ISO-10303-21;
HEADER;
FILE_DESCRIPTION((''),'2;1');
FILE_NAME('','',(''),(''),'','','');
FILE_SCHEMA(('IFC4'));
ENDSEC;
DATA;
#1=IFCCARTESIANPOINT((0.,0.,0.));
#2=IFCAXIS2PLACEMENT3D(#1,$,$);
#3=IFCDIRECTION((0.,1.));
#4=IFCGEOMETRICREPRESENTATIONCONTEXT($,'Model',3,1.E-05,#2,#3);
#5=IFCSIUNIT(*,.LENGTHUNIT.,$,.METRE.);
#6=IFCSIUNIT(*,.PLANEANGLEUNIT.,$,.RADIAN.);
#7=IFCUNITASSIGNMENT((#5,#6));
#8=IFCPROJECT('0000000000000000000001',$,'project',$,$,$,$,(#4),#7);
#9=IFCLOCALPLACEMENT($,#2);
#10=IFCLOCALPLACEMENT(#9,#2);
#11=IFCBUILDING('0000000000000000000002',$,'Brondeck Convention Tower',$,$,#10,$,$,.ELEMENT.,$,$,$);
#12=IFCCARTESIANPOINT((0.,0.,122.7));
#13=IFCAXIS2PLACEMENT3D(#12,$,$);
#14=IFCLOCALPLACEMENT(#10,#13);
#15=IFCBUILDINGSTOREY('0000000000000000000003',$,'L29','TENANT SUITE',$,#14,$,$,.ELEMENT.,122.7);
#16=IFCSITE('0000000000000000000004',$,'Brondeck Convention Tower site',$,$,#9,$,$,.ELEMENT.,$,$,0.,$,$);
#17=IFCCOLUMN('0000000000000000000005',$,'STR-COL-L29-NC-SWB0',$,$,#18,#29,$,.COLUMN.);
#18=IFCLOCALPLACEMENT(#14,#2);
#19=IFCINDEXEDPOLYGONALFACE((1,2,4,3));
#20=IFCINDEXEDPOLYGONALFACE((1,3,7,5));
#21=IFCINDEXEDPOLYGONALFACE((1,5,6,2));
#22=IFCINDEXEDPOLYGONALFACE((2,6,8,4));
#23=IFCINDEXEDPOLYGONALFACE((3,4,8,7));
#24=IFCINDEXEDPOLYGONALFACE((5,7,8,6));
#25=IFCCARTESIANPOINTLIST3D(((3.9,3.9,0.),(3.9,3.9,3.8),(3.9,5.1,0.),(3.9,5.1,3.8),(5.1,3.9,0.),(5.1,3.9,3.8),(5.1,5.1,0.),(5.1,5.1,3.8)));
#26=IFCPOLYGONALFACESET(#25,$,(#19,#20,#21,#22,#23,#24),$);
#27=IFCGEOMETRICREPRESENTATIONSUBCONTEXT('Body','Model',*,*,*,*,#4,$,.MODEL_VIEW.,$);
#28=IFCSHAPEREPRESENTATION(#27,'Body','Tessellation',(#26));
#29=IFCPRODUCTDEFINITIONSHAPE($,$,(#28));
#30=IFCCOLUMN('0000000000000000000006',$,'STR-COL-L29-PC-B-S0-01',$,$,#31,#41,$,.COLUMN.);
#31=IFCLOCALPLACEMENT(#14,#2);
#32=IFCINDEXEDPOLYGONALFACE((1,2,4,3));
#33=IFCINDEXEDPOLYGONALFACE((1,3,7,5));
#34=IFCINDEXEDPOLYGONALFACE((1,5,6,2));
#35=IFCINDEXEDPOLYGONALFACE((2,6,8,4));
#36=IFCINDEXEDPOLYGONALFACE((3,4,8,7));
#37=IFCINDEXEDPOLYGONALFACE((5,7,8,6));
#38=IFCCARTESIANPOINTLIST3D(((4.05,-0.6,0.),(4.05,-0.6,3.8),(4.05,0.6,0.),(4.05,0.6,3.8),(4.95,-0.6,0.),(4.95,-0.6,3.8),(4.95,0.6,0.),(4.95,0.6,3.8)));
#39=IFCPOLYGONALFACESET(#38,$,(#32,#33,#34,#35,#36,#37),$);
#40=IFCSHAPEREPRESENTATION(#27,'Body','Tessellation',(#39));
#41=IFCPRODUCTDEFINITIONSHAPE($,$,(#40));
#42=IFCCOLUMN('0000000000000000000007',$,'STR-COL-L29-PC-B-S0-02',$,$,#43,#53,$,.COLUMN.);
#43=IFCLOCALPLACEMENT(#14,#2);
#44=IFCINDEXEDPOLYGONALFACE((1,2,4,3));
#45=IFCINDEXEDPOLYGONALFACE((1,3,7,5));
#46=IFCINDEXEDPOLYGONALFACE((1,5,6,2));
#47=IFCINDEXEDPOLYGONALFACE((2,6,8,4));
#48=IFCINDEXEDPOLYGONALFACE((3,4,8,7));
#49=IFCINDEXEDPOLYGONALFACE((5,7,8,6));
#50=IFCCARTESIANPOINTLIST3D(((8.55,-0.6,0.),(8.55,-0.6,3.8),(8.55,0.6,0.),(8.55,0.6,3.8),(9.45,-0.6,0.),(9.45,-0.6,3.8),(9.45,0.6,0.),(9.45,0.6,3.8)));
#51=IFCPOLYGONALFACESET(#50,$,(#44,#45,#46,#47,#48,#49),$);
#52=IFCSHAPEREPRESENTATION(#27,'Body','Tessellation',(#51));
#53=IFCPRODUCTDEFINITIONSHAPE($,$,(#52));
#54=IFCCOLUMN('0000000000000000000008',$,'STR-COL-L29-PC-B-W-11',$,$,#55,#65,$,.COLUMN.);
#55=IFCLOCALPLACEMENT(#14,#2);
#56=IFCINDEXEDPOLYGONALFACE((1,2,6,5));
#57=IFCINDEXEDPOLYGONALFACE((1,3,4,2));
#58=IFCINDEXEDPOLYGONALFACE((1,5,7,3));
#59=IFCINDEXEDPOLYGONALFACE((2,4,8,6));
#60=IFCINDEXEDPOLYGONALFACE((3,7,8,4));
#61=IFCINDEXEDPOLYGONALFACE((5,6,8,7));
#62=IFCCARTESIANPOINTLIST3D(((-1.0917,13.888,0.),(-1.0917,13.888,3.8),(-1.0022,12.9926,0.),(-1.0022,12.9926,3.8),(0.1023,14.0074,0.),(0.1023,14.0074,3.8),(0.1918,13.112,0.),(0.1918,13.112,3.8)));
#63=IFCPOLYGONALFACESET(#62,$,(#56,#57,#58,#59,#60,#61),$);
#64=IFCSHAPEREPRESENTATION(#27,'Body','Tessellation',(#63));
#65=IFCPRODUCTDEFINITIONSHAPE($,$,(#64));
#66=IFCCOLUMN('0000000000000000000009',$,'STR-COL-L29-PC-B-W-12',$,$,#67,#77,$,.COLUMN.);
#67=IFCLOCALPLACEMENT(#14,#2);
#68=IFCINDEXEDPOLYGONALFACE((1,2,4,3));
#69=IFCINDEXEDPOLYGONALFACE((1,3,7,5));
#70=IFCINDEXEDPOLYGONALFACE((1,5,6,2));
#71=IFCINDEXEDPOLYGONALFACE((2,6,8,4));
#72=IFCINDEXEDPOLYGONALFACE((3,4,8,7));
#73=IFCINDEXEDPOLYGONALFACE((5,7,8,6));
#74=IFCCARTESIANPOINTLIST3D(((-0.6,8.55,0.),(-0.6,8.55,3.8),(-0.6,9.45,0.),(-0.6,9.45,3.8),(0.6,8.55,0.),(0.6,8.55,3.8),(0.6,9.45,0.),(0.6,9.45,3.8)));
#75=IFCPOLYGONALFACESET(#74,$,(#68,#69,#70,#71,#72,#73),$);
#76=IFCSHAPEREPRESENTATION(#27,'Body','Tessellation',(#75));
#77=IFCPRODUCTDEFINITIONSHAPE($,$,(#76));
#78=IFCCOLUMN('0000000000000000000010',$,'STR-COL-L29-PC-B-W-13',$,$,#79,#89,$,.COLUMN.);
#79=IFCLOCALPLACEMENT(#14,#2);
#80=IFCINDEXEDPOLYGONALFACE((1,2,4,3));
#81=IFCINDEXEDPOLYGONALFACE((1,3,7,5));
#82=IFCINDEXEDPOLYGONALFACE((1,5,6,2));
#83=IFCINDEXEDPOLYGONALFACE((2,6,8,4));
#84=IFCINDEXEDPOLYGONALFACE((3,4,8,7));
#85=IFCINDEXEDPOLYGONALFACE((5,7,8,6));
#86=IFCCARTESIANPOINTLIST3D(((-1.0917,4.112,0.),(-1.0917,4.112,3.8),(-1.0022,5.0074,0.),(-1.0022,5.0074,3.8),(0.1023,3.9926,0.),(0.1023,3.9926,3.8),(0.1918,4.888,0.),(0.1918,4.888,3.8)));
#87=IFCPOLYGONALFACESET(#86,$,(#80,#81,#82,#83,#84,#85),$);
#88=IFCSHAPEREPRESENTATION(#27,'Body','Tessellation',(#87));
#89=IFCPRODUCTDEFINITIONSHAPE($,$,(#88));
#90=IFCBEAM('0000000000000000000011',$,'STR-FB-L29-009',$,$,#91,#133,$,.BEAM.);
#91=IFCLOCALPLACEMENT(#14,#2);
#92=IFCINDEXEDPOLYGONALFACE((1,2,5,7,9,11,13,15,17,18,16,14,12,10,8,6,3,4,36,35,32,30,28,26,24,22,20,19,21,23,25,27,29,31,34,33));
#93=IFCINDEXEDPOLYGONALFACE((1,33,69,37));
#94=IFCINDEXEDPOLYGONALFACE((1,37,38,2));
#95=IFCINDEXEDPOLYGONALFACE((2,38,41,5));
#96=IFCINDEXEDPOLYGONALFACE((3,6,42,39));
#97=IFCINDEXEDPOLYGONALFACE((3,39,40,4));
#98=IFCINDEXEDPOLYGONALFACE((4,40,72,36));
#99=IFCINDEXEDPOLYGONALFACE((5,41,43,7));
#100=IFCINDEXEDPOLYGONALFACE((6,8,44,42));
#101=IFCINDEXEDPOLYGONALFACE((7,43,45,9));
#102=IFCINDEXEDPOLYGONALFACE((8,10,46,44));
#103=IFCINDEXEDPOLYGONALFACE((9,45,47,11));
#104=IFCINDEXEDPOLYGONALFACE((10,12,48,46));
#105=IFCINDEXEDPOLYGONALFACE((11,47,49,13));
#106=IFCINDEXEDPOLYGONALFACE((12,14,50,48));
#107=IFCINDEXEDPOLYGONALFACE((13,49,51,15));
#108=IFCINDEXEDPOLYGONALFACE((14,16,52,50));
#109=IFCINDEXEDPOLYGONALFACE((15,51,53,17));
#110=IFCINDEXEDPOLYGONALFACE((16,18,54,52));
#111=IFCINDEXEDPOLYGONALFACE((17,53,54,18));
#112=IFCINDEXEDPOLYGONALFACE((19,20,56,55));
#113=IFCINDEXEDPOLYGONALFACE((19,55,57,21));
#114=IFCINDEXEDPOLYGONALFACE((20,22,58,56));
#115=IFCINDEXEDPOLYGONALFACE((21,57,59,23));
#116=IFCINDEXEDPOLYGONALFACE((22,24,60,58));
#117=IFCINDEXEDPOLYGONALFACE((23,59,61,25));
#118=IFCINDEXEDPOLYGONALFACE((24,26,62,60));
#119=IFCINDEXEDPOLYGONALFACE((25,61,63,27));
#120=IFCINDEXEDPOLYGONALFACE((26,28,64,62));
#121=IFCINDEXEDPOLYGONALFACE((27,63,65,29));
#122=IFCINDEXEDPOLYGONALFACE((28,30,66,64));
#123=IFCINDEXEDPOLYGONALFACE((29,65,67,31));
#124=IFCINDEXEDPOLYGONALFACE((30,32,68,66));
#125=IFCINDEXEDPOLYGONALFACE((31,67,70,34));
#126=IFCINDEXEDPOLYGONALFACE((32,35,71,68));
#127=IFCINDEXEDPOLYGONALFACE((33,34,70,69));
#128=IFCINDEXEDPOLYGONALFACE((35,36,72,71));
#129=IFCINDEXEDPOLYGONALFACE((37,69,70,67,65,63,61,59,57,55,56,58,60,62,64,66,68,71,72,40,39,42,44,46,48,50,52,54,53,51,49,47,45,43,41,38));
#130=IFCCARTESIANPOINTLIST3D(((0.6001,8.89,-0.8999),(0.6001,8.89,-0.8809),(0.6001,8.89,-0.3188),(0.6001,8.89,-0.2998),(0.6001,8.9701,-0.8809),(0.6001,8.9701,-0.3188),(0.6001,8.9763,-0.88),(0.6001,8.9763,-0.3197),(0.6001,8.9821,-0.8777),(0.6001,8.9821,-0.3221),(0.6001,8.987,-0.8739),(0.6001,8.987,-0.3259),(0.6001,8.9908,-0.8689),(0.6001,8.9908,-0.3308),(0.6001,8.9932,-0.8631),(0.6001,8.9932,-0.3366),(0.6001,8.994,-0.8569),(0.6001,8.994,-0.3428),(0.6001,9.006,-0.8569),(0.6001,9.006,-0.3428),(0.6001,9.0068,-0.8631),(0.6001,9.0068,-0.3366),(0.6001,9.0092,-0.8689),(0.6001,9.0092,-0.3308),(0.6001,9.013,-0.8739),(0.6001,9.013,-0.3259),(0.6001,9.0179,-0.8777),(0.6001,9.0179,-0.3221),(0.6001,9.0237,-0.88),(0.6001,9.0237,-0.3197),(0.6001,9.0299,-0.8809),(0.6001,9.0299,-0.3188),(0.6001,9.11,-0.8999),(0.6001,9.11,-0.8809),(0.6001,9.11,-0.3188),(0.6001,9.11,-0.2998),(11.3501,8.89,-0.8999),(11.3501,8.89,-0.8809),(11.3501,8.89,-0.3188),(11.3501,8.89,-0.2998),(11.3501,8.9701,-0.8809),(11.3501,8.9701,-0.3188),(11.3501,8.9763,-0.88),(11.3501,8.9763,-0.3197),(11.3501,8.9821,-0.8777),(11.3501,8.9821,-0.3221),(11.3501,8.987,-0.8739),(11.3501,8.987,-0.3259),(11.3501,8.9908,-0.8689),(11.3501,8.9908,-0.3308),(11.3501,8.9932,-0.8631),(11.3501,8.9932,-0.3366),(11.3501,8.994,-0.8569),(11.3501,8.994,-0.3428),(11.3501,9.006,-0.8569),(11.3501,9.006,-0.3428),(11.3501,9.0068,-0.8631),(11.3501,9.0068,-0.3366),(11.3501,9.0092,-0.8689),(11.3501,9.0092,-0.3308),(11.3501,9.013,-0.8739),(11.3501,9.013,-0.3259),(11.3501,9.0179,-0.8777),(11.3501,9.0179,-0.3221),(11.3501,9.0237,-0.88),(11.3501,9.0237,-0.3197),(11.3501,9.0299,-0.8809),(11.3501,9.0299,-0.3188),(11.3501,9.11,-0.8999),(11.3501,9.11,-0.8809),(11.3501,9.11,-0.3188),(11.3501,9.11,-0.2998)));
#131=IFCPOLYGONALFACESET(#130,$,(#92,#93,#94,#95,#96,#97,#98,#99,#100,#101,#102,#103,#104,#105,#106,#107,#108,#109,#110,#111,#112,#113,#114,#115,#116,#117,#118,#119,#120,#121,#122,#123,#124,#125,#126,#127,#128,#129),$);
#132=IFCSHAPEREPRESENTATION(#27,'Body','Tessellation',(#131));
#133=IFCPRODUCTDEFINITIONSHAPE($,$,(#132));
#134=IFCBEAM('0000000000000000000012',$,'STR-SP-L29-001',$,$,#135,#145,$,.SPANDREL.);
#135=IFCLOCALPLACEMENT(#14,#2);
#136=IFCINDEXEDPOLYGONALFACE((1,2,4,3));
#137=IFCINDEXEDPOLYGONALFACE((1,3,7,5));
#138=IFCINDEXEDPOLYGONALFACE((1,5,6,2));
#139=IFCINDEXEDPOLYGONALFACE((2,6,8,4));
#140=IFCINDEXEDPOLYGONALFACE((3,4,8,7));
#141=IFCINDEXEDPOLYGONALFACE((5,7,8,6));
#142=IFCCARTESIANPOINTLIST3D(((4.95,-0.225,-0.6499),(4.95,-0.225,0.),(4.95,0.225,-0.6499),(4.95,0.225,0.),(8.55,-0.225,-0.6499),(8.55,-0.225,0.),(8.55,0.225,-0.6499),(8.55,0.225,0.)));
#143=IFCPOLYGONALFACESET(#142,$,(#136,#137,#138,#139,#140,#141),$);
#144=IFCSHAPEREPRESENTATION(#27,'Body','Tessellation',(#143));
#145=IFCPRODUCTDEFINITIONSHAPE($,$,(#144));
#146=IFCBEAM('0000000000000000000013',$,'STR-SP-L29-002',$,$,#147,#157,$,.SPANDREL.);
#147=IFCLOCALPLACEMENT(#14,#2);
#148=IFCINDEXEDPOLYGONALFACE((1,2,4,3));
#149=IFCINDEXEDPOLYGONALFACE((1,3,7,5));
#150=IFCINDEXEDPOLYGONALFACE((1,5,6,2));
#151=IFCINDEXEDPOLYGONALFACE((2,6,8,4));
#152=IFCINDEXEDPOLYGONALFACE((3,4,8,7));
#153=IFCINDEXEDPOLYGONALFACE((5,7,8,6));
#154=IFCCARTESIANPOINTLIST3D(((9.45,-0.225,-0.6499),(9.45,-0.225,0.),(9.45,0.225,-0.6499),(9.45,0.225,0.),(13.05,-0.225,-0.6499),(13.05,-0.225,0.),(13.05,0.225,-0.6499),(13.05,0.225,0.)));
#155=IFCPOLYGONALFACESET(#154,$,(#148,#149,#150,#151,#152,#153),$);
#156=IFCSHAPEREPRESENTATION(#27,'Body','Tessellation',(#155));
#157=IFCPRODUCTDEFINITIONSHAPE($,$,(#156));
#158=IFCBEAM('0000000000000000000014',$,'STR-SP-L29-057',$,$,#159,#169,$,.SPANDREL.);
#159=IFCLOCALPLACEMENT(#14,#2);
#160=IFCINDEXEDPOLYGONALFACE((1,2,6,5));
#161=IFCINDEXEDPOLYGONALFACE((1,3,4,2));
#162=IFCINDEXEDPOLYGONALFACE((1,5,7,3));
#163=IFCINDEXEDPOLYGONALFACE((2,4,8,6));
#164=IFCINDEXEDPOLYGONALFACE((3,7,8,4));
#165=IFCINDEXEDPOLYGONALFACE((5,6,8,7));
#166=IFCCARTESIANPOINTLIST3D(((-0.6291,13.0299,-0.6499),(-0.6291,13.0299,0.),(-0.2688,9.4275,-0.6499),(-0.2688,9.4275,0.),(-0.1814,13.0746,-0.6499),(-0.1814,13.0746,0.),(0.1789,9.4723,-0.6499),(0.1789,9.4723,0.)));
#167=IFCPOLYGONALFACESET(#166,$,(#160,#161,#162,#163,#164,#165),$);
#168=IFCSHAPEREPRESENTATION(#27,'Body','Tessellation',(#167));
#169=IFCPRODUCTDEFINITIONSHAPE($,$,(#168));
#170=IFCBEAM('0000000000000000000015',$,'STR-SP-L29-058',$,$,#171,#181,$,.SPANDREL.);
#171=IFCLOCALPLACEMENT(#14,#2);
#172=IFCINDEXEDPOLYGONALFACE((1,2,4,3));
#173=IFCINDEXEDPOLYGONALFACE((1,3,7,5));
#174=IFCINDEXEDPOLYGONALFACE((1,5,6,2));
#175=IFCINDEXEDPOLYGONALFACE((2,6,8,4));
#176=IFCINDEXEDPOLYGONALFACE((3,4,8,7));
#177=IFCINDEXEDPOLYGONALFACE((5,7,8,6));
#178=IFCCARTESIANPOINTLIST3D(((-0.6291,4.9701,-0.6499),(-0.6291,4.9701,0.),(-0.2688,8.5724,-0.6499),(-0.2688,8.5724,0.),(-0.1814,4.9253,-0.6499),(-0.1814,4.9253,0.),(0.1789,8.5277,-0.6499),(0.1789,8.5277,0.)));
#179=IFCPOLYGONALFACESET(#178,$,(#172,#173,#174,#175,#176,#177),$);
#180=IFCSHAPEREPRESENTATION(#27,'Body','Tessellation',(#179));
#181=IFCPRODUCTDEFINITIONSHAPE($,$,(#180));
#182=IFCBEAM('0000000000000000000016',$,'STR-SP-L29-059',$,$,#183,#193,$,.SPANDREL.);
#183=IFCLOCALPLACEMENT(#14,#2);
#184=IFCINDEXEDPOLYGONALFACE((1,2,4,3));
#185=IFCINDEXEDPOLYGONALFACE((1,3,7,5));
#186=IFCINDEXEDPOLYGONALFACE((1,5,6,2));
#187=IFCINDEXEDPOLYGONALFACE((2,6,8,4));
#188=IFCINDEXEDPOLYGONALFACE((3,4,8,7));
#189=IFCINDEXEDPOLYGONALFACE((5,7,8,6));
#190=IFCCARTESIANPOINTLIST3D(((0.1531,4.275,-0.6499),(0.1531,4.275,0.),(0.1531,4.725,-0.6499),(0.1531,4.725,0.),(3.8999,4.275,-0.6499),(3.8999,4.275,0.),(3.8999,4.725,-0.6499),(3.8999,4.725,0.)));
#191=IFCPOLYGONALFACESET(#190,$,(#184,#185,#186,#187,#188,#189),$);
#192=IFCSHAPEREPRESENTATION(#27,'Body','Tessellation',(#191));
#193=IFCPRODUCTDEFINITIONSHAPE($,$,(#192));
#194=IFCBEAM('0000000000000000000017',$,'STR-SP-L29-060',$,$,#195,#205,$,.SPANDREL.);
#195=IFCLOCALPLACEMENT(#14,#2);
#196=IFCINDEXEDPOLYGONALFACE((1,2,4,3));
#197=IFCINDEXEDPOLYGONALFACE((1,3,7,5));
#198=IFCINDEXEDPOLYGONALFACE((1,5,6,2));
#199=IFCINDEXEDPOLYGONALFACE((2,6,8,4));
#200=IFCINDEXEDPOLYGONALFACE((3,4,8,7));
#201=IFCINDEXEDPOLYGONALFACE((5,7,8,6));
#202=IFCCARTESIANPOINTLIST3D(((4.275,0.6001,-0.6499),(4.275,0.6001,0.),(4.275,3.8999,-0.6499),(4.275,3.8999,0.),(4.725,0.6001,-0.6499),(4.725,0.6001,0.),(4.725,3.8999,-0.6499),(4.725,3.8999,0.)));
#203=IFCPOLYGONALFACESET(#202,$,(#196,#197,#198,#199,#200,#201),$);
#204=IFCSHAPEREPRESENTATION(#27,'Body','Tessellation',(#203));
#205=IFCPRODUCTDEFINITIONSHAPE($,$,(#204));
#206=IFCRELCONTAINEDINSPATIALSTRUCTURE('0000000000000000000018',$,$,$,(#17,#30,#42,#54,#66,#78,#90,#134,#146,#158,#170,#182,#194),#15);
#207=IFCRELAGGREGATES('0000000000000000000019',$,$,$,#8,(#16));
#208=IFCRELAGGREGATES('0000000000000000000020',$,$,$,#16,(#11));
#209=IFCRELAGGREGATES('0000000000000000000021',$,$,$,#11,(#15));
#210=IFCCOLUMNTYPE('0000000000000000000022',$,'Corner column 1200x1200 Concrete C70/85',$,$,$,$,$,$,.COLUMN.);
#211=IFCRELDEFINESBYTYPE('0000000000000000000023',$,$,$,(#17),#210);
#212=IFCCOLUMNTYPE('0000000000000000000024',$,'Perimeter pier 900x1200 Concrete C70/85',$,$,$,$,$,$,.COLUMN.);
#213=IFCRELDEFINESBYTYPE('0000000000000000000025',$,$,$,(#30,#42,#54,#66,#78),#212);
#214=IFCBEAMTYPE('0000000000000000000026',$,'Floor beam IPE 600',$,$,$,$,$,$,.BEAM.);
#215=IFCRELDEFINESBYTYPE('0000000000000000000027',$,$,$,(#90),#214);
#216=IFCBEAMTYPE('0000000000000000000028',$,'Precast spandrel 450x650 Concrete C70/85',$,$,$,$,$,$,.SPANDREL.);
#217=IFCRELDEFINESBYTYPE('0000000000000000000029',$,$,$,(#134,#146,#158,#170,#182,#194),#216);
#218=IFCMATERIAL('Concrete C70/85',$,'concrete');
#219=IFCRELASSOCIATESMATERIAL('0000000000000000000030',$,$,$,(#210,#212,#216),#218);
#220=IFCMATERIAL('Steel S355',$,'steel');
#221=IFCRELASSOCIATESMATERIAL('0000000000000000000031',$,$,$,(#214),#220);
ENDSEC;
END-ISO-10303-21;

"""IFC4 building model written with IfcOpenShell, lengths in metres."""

from ifc_helpers import new_model, si_unit, direction, frame, origin, origin_2d, place, context, subcontext, project, spatial, rectangle, i_section, extrude, material, material_profile, profile_set, type_object, element, save


model = new_model("IFC4")

# Units and contexts
model_context = context("Model", 3, precision=1e-05, world=origin(), true_north=direction((0.0, 1.0)))
body_context = subcontext(model_context, "Body", "Model", "MODEL_VIEW")
ifc_project = project(units=[si_unit("LENGTHUNIT", "METRE"), si_unit("PLANEANGLEUNIT", "RADIAN")], contexts=[model_context])

# Site, building, storey
site_placement = place(None, origin())
site = spatial("IfcSite", under=ifc_project, at=site_placement, Name="Brondeck Convention Tower site", CompositionType="ELEMENT", RefElevation=0.0)
building_placement = place(site_placement, origin())
building = spatial("IfcBuilding", under=site, at=building_placement, Name="Brondeck Convention Tower", CompositionType="ELEMENT")
storey_placement = place(building_placement, frame((0.0, 0.0, 122.7)))
storey = spatial("IfcBuildingStorey", under=building, at=storey_placement, Name="L29", Description="TENANT SUITE", CompositionType="ELEMENT", Elevation=122.7)

# Columns
ifc_material_1 = material(Name="Concrete C70/85", Category="concrete")
ifc_material_profile_1 = material_profile(ifc_material_1, rectangle(XDim=1.2, YDim=1.2, at=origin_2d()), Name="Corner column 1200x1200 Concrete C70/85")
ifc_profile_set_1 = profile_set([ifc_material_profile_1], Name="Concrete C70/85")
column_type_1 = type_object("IfcColumnType", Name="Corner column 1200x1200 Concrete C70/85", PredefinedType="COLUMN", material=ifc_profile_set_1)
column_placement = place(storey_placement, frame((4.5, 4.5, 0.0), z_axis=(0.0, 0.0, 1.0), x_axis=(1.0, 0.0, 0.0)))
element("IfcColumn", 1, at=column_placement, inside=storey, type_object=column_type_1, Name="STR-COL-L29-NC-SWB0", PredefinedType="COLUMN", context=body_context, shape_type="SweptSolid", body=[
    extrude(rectangle(XDim=1.2, YDim=1.2, at=origin_2d()), origin(), (0.0, 0.0, 1.0), 3.8),
])
ifc_material_profile_2 = material_profile(ifc_material_1, rectangle(XDim=0.8999, YDim=1.2, at=origin_2d()), Name="Perimeter pier 900x1200 Concrete C70/85")
ifc_profile_set_2 = profile_set([ifc_material_profile_2], Name="Concrete C70/85")
column_type_2 = type_object("IfcColumnType", Name="Perimeter pier 900x1200 Concrete C70/85", PredefinedType="COLUMN", material=ifc_profile_set_2)
for number, where, z_axis, x_axis, name in (
    (2, (4.5, 0.0, 0.0), (0.0, 0.0, 1.0), (1.0, 0.0, 0.0), "STR-COL-L29-PC-B-S0-01"),
    (3, (9.0, 0.0, 0.0), (0.0, 0.0, 1.0), (1.0, 0.0, 0.0), "STR-COL-L29-PC-B-S0-02"),
    (4, (-0.45, 13.5, 0.0), (0.0, 0.0, 1.0), (0.099504, -0.995037, 0.0), "STR-COL-L29-PC-B-W-11"),
    (5, (0.0, 9.0, 0.0), (0.0, 0.0, 1.0), (0.0, -1.0, 0.0), "STR-COL-L29-PC-B-W-12"),
    (6, (-0.45, 4.5, 0.0), (0.0, 0.0, 1.0), (-0.099504, -0.995037, 0.0), "STR-COL-L29-PC-B-W-13"),
):
    element("IfcColumn", number, at=place(storey_placement, frame(where, z_axis=z_axis, x_axis=x_axis)), inside=storey, type_object=column_type_2, Name=name, PredefinedType="COLUMN", context=body_context, shape_type="SweptSolid", body=[
        extrude(rectangle(XDim=0.8999, YDim=1.2, at=origin_2d()), origin(), (0.0, 0.0, 1.0), 3.8),
    ])

# Beams
ifc_material_2 = material(Name="Steel S355", Category="steel")
ifc_material_profile_3 = material_profile(ifc_material_2, i_section(OverallWidth=0.22, OverallDepth=0.6001, WebThickness=0.012, FlangeThickness=0.019, FilletRadius=0.0239, at=origin_2d()), Name="IPE 600")
ifc_profile_set_3 = profile_set([ifc_material_profile_3], Name="Steel S355")
beam_type_1 = type_object("IfcBeamType", Name="Floor beam IPE 600", PredefinedType="BEAM", material=ifc_profile_set_3)
beam_1_placement = place(storey_placement, frame((0.6001, 9.0, -0.5999), z_axis=(1.0, 0.0, 0.0), x_axis=(0.0, 1.0, 0.0)))
element("IfcBeam", 7, at=beam_1_placement, inside=storey, type_object=beam_type_1, Name="STR-FB-L29-009", PredefinedType="BEAM", context=body_context, shape_type="SweptSolid", body=[
    extrude(i_section(OverallWidth=0.22, OverallDepth=0.6001, WebThickness=0.012, FlangeThickness=0.019, FilletRadius=0.0239, at=origin_2d()), origin(), (0.0, 0.0, 1.0), 10.75),
])
ifc_material_profile_4 = material_profile(ifc_material_1, rectangle(XDim=0.45, YDim=0.6499, at=origin_2d()), Name="Precast spandrel 450x650 Concrete C70/85")
ifc_profile_set_4 = profile_set([ifc_material_profile_4], Name="Concrete C70/85")
beam_type_2 = type_object("IfcBeamType", Name="Precast spandrel 450x650 Concrete C70/85", PredefinedType="SPANDREL", material=ifc_profile_set_4)
for number, where, z_axis, x_axis, name in (
    (8, (4.95, 0.0, -0.325), (1.0, 0.0, 0.0), (0.0, 1.0, 0.0), "STR-SP-L29-001"),
    (9, (9.45, 0.0, -0.325), (1.0, 0.0, 0.0), (0.0, 1.0, 0.0), "STR-SP-L29-002"),
):
    element("IfcBeam", number, at=place(storey_placement, frame(where, z_axis=z_axis, x_axis=x_axis)), inside=storey, type_object=beam_type_2, Name=name, PredefinedType="SPANDREL", context=body_context, shape_type="SweptSolid", body=[
        extrude(rectangle(XDim=0.45, YDim=0.6499, at=origin_2d()), origin(), (0.0, 0.0, 1.0), 3.6001),
    ])
for number, where, z_axis, x_axis, name in (
    (10, (-0.4053, 13.0522, -0.325), (0.099537, -0.995034, 0.0), (0.995034, 0.099537, 0.0), "STR-SP-L29-057"),
    (11, (-0.0449, 8.55, -0.325), (-0.099537, -0.995034, 0.0), (0.995034, -0.099537, 0.0), "STR-SP-L29-058"),
):
    element("IfcBeam", number, at=place(storey_placement, frame(where, z_axis=z_axis, x_axis=x_axis)), inside=storey, type_object=beam_type_2, Name=name, PredefinedType="SPANDREL", context=body_context, shape_type="SweptSolid", body=[
        extrude(rectangle(XDim=0.45, YDim=0.6499, at=origin_2d()), origin(), (0.0, 0.0, 1.0), 3.6204),
    ])
beam_2_placement = place(storey_placement, frame((0.1531, 4.5, -0.325), z_axis=(1.0, 0.0, 0.0), x_axis=(0.0, 1.0, 0.0)))
element("IfcBeam", 12, at=beam_2_placement, inside=storey, type_object=beam_type_2, Name="STR-SP-L29-059", PredefinedType="SPANDREL", context=body_context, shape_type="SweptSolid", body=[
    extrude(rectangle(XDim=0.45, YDim=0.6499, at=origin_2d()), origin(), (0.0, 0.0, 1.0), 3.7468),
])
beam_3_placement = place(storey_placement, frame((4.5, 3.8999, -0.325), z_axis=(0.0, -1.0, 0.0), x_axis=(1.0, 0.0, 0.0)))
element("IfcBeam", 13, at=beam_3_placement, inside=storey, type_object=beam_type_2, Name="STR-SP-L29-060", PredefinedType="SPANDREL", context=body_context, shape_type="SweptSolid", body=[
    extrude(rectangle(XDim=0.45, YDim=0.6499, at=origin_2d()), origin(), (0.0, 0.0, 1.0), 3.2998),
])

save(model, "model.ifc")
